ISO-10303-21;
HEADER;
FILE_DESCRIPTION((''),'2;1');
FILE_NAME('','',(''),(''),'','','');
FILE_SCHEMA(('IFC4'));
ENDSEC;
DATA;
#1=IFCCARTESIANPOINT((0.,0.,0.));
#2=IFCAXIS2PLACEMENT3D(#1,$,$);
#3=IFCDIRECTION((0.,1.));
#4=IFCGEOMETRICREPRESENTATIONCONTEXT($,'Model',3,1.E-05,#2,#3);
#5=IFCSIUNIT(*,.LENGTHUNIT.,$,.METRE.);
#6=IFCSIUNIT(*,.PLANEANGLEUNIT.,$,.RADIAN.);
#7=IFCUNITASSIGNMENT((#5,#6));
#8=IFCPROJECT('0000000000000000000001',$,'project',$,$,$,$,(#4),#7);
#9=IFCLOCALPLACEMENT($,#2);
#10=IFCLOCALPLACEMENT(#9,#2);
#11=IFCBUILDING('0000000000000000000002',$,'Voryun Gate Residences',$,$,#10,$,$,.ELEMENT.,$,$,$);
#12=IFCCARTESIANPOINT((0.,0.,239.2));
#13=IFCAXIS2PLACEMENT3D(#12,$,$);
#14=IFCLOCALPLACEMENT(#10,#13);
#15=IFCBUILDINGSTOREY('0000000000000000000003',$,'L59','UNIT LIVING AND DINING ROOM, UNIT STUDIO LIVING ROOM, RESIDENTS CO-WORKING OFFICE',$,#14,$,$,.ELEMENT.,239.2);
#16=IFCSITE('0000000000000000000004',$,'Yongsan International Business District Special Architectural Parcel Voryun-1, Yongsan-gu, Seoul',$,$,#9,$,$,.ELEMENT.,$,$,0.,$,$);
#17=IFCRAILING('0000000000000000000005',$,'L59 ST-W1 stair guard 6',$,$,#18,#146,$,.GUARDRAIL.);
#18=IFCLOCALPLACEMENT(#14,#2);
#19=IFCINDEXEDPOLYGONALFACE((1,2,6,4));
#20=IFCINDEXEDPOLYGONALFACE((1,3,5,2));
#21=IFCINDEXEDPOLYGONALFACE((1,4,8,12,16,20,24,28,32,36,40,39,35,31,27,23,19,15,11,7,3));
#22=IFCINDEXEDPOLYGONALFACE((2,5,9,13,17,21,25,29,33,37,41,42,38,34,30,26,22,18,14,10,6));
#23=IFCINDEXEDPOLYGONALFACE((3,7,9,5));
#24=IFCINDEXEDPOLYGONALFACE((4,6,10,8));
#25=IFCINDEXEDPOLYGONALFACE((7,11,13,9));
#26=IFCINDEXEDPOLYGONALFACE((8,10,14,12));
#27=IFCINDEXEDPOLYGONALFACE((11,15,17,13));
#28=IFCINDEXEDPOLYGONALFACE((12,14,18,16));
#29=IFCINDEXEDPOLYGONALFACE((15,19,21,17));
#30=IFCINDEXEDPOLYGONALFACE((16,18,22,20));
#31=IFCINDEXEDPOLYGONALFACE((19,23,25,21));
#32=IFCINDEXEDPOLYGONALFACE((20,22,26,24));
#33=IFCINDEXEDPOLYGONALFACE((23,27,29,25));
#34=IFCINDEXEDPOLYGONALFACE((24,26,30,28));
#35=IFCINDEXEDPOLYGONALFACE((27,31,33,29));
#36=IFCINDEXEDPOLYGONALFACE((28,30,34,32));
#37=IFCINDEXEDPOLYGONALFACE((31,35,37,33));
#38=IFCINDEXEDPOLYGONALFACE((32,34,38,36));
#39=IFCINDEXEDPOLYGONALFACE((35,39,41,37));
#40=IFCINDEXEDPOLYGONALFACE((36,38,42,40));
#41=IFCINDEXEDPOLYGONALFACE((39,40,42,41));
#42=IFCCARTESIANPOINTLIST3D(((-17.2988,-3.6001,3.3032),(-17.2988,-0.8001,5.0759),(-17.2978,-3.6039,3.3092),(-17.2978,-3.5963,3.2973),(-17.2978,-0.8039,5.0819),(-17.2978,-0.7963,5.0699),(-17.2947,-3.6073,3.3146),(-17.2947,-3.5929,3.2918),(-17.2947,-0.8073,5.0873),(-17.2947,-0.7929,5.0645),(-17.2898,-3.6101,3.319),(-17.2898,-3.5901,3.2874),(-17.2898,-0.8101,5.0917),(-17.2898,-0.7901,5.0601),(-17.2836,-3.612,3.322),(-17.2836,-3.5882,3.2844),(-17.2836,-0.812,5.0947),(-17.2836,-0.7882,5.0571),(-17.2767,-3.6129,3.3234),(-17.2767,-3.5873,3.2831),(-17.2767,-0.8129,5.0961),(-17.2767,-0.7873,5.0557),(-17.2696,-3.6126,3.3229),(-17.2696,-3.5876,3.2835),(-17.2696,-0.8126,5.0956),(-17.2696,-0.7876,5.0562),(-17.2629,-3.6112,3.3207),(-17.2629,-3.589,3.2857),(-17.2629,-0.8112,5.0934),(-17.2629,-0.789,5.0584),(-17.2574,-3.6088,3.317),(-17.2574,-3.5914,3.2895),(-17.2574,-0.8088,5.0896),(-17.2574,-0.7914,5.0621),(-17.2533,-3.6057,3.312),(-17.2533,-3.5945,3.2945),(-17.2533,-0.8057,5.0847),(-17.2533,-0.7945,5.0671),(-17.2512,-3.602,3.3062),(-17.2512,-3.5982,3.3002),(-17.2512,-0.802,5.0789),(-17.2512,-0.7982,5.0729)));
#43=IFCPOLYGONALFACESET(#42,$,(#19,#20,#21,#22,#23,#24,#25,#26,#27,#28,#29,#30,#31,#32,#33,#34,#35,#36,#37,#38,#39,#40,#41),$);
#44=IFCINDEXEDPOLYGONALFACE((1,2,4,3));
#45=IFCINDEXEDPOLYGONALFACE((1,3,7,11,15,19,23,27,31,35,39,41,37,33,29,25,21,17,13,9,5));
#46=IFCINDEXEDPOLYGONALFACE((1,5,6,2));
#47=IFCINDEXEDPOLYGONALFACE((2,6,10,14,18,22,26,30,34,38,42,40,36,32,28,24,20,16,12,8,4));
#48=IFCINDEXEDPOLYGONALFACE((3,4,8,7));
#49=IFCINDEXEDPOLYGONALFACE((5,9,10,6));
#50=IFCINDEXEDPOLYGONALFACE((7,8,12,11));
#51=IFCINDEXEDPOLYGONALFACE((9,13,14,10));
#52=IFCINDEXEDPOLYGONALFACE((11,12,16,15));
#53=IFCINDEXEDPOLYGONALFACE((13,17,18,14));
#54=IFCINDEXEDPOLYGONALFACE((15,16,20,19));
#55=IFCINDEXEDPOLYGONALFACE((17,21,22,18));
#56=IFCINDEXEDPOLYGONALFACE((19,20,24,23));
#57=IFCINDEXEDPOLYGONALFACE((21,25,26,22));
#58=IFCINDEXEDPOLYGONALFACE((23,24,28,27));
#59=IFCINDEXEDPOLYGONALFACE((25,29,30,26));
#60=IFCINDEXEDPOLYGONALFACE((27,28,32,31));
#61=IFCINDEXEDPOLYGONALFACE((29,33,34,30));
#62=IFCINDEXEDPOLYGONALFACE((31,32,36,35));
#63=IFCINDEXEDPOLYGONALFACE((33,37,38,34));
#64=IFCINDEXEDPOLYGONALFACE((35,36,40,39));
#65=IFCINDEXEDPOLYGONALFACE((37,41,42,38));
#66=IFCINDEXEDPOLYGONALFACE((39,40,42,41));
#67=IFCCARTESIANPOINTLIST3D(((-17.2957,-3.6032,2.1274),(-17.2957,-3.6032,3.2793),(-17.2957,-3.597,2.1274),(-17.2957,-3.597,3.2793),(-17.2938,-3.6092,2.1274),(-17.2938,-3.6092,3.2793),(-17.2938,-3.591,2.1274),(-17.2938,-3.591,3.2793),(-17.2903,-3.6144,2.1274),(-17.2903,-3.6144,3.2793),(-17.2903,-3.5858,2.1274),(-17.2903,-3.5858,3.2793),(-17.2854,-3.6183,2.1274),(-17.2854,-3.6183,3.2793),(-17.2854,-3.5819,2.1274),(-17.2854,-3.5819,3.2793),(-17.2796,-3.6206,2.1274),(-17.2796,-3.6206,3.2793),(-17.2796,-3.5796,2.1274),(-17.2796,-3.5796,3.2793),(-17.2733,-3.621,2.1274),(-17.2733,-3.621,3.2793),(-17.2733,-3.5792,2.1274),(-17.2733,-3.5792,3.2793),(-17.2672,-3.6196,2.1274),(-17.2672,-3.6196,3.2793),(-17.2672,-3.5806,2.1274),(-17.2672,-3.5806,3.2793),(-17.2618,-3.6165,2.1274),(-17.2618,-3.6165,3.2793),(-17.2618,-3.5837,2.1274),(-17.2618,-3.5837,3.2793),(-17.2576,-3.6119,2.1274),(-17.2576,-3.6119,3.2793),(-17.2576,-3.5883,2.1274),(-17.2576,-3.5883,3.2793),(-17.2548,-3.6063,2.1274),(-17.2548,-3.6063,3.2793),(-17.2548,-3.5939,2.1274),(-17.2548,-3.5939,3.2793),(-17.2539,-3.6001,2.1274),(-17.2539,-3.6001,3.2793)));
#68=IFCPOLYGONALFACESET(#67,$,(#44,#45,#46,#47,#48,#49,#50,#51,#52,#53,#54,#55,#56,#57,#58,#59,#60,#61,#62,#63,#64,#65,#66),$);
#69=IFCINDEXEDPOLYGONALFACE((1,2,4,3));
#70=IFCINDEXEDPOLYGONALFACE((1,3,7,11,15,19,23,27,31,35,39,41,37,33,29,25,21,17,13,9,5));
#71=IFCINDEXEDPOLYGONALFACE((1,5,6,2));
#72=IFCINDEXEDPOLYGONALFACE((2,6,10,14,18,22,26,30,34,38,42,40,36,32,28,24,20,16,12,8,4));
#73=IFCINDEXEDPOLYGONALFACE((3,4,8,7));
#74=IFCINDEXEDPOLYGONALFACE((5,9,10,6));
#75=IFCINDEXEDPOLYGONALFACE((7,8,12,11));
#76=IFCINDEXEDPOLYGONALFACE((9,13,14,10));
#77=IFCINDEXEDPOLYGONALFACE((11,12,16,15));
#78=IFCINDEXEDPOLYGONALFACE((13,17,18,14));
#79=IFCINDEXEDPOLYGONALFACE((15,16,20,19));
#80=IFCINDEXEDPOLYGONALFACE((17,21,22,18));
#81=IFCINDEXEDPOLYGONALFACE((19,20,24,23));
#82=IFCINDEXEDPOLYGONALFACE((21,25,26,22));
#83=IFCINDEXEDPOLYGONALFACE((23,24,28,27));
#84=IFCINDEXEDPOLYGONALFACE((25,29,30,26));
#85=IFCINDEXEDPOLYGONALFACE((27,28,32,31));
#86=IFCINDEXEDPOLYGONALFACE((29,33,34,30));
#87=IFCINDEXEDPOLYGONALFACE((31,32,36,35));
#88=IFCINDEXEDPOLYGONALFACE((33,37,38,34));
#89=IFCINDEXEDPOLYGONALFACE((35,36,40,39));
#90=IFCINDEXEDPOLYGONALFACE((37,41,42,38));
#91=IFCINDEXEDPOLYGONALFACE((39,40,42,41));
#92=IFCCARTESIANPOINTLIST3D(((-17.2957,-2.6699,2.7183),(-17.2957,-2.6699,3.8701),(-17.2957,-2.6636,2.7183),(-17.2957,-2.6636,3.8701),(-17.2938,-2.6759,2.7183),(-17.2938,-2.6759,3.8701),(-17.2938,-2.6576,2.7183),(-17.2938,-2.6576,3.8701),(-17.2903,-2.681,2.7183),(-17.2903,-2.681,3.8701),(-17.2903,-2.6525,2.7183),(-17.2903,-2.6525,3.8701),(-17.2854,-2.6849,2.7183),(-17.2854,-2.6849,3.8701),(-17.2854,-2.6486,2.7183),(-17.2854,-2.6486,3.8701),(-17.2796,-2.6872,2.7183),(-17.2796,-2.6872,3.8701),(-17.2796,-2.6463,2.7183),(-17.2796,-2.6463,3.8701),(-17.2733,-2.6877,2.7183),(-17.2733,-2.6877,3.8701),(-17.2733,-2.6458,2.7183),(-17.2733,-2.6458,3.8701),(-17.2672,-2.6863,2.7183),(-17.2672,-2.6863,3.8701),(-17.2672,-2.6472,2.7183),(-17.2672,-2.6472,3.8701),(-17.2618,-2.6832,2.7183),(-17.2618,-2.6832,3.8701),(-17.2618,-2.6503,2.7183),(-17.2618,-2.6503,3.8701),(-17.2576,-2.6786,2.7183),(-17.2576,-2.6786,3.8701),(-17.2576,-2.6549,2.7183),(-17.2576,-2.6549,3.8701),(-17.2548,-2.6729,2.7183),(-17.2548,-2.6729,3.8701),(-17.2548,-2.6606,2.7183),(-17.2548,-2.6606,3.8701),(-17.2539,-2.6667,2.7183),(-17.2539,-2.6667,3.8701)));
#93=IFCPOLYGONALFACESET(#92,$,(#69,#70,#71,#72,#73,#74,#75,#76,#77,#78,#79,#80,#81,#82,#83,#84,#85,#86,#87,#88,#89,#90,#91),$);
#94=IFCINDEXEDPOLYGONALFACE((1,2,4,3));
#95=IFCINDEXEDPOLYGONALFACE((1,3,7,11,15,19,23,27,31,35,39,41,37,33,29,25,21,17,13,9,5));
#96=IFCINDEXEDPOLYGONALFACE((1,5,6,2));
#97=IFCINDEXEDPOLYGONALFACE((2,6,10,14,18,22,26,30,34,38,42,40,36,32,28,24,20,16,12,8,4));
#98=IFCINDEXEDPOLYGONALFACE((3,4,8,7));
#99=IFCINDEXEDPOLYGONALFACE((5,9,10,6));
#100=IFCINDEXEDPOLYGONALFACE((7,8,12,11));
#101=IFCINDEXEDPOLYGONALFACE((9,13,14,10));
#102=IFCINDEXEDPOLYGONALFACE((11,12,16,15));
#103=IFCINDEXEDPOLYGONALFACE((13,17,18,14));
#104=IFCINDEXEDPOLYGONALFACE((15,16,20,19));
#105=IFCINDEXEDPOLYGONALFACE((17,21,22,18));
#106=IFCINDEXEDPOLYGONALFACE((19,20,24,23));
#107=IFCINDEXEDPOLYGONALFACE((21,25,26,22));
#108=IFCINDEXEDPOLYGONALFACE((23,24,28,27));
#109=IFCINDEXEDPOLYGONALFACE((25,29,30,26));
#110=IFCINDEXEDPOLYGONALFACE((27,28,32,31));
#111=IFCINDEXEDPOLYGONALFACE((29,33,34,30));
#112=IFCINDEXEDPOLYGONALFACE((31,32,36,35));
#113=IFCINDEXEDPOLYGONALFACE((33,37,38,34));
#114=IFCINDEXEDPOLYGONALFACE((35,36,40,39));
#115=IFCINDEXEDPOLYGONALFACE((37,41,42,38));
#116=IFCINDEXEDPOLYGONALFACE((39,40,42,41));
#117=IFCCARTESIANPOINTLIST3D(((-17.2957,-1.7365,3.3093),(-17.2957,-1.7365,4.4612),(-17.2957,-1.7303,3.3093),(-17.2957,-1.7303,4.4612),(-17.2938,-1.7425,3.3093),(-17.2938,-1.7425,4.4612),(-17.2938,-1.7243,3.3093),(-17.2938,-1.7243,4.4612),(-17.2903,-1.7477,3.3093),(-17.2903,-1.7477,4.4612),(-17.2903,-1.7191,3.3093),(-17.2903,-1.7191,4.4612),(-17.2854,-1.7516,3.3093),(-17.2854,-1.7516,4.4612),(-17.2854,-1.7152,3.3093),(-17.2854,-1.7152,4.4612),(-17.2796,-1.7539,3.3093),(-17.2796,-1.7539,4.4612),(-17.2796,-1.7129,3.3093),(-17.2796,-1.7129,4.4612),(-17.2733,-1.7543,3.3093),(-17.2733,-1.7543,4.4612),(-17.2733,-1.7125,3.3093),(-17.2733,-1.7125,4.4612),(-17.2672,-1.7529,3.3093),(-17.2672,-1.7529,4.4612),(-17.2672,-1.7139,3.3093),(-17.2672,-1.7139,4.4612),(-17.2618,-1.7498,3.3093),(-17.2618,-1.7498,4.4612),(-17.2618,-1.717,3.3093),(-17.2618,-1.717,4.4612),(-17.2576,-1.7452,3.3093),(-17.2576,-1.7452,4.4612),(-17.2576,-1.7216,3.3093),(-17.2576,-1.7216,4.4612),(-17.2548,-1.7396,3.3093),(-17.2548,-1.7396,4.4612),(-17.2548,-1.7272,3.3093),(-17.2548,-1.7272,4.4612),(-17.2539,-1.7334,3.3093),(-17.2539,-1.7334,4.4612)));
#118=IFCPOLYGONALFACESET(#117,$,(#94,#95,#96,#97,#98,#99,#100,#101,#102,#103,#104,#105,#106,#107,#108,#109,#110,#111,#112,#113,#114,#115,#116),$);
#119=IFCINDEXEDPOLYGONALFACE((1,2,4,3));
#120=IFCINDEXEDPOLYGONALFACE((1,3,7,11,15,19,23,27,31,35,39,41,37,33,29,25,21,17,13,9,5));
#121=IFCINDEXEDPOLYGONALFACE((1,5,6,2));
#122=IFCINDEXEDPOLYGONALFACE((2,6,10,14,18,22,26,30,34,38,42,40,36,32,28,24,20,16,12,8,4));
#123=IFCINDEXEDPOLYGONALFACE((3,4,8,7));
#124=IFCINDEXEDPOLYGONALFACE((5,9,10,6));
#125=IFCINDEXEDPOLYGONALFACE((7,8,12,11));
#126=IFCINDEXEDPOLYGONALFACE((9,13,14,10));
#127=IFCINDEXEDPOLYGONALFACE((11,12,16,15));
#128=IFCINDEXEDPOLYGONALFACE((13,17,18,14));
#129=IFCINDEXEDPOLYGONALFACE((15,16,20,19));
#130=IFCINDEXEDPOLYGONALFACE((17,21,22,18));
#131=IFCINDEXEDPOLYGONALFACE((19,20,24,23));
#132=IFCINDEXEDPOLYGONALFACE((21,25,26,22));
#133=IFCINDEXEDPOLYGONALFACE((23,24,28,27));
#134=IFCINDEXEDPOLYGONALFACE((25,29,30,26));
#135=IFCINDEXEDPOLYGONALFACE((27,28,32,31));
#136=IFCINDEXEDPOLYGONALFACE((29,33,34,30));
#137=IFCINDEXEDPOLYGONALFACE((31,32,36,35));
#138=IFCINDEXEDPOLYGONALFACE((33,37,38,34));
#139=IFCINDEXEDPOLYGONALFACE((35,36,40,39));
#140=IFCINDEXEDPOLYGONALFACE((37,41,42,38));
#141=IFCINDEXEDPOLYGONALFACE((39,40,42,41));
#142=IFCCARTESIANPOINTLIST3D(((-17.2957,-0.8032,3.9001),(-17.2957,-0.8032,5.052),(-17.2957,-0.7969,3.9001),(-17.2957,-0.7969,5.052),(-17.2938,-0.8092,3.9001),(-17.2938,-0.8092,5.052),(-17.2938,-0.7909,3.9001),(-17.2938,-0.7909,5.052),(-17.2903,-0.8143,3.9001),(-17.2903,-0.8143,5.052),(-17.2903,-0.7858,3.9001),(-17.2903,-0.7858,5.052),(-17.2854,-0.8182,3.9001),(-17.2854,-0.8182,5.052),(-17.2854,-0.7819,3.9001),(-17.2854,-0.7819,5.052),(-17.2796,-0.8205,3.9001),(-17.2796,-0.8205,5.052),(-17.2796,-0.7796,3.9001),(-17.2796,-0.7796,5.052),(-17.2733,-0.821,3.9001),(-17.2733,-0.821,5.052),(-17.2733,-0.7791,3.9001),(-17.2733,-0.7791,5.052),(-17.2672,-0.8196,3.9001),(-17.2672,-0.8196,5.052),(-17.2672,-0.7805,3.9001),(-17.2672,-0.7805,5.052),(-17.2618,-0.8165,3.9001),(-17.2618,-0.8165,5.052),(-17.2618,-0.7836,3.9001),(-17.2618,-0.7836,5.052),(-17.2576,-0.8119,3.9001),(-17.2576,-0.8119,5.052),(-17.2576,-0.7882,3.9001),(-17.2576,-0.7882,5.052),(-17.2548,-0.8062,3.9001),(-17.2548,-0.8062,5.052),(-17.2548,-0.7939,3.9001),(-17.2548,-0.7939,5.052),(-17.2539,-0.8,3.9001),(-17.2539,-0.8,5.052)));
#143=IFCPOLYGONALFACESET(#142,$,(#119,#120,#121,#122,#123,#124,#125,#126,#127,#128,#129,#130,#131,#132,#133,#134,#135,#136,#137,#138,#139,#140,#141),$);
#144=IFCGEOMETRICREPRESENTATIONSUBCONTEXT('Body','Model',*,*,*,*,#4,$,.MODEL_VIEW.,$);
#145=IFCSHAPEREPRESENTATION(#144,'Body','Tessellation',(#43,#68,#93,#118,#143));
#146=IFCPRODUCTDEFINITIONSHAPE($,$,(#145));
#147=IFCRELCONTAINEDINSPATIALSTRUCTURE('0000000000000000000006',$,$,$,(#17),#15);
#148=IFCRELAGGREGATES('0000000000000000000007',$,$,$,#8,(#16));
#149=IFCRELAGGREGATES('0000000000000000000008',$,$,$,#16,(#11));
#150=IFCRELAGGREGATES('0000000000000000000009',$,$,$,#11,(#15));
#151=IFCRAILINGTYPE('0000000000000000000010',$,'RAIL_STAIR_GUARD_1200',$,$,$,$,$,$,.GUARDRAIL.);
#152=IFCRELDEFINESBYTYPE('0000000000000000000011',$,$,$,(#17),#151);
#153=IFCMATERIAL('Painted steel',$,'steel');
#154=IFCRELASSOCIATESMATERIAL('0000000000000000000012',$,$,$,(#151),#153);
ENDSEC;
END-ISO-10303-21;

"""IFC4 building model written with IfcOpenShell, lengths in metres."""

from ifc_helpers import new_model, si_unit, direction, frame, origin, origin_2d, place, context, subcontext, project, spatial, circle, extrude, material, type_object, element, save


model = new_model("IFC4")

# Units and contexts
model_context = context("Model", 3, precision=1e-05, world=origin(), true_north=direction((0.0, 1.0)))
body_context = subcontext(model_context, "Body", "Model", "MODEL_VIEW")
ifc_project = project(units=[si_unit("LENGTHUNIT", "METRE"), si_unit("PLANEANGLEUNIT", "RADIAN")], contexts=[model_context])

# Site, building, storey
site_placement = place(None, origin())
site = spatial("IfcSite", under=ifc_project, at=site_placement, Name="Yongsan International Business District Special Architectural Parcel Voryun-1, Yongsan-gu, Seoul", CompositionType="ELEMENT", RefElevation=0.0)
building_placement = place(site_placement, origin())
building = spatial("IfcBuilding", under=site, at=building_placement, Name="Voryun Gate Residences", CompositionType="ELEMENT")
storey_placement = place(building_placement, frame((0.0, 0.0, 239.2)))
storey = spatial("IfcBuildingStorey", under=building, at=storey_placement, Name="L59", Description="UNIT LIVING AND DINING ROOM, UNIT STUDIO LIVING ROOM, RESIDENTS CO-WORKING OFFICE", CompositionType="ELEMENT", Elevation=239.2)

# Railing
ifc_material_1 = material(Name="Painted steel", Category="steel")
railing_type_1 = type_object("IfcRailingType", Name="RAIL_STAIR_GUARD_1200", PredefinedType="GUARDRAIL", material=ifc_material_1)
railing_1_placement = place(storey_placement, frame((-17.2749, -3.6001, 2.1274)))
element("IfcRailing", 1, at=railing_1_placement, inside=storey, type_object=railing_type_1, Name="L59 ST-W1 stair guard 6", PredefinedType="GUARDRAIL", context=body_context, shape_type="SweptSolid", body=[
    extrude(circle(Radius=0.0239, at=origin_2d()), frame((0.0, 0.0, 1.1758), z_axis=(0.0, 0.844909, 0.53491), x_axis=(-1.0, 0.0, 0.0)), (0.0, 0.0, 1.0), 3.314),
    extrude(circle(Radius=0.021, at=origin_2d()), origin(), (0.0, 0.0, 1.0), 1.1519),
    extrude(circle(Radius=0.021, at=origin_2d()), frame((0.0, 0.9333, 0.5908)), (0.0, 0.0, 1.0), 1.1519),
    extrude(circle(Radius=0.021, at=origin_2d()), frame((0.0, 1.8667, 1.1819)), (0.0, 0.0, 1.0), 1.1519),
    extrude(circle(Radius=0.021, at=origin_2d()), frame((0.0, 2.8, 1.7727)), (0.0, 0.0, 1.0), 1.1519),
])

save(model, "model.ifc")
